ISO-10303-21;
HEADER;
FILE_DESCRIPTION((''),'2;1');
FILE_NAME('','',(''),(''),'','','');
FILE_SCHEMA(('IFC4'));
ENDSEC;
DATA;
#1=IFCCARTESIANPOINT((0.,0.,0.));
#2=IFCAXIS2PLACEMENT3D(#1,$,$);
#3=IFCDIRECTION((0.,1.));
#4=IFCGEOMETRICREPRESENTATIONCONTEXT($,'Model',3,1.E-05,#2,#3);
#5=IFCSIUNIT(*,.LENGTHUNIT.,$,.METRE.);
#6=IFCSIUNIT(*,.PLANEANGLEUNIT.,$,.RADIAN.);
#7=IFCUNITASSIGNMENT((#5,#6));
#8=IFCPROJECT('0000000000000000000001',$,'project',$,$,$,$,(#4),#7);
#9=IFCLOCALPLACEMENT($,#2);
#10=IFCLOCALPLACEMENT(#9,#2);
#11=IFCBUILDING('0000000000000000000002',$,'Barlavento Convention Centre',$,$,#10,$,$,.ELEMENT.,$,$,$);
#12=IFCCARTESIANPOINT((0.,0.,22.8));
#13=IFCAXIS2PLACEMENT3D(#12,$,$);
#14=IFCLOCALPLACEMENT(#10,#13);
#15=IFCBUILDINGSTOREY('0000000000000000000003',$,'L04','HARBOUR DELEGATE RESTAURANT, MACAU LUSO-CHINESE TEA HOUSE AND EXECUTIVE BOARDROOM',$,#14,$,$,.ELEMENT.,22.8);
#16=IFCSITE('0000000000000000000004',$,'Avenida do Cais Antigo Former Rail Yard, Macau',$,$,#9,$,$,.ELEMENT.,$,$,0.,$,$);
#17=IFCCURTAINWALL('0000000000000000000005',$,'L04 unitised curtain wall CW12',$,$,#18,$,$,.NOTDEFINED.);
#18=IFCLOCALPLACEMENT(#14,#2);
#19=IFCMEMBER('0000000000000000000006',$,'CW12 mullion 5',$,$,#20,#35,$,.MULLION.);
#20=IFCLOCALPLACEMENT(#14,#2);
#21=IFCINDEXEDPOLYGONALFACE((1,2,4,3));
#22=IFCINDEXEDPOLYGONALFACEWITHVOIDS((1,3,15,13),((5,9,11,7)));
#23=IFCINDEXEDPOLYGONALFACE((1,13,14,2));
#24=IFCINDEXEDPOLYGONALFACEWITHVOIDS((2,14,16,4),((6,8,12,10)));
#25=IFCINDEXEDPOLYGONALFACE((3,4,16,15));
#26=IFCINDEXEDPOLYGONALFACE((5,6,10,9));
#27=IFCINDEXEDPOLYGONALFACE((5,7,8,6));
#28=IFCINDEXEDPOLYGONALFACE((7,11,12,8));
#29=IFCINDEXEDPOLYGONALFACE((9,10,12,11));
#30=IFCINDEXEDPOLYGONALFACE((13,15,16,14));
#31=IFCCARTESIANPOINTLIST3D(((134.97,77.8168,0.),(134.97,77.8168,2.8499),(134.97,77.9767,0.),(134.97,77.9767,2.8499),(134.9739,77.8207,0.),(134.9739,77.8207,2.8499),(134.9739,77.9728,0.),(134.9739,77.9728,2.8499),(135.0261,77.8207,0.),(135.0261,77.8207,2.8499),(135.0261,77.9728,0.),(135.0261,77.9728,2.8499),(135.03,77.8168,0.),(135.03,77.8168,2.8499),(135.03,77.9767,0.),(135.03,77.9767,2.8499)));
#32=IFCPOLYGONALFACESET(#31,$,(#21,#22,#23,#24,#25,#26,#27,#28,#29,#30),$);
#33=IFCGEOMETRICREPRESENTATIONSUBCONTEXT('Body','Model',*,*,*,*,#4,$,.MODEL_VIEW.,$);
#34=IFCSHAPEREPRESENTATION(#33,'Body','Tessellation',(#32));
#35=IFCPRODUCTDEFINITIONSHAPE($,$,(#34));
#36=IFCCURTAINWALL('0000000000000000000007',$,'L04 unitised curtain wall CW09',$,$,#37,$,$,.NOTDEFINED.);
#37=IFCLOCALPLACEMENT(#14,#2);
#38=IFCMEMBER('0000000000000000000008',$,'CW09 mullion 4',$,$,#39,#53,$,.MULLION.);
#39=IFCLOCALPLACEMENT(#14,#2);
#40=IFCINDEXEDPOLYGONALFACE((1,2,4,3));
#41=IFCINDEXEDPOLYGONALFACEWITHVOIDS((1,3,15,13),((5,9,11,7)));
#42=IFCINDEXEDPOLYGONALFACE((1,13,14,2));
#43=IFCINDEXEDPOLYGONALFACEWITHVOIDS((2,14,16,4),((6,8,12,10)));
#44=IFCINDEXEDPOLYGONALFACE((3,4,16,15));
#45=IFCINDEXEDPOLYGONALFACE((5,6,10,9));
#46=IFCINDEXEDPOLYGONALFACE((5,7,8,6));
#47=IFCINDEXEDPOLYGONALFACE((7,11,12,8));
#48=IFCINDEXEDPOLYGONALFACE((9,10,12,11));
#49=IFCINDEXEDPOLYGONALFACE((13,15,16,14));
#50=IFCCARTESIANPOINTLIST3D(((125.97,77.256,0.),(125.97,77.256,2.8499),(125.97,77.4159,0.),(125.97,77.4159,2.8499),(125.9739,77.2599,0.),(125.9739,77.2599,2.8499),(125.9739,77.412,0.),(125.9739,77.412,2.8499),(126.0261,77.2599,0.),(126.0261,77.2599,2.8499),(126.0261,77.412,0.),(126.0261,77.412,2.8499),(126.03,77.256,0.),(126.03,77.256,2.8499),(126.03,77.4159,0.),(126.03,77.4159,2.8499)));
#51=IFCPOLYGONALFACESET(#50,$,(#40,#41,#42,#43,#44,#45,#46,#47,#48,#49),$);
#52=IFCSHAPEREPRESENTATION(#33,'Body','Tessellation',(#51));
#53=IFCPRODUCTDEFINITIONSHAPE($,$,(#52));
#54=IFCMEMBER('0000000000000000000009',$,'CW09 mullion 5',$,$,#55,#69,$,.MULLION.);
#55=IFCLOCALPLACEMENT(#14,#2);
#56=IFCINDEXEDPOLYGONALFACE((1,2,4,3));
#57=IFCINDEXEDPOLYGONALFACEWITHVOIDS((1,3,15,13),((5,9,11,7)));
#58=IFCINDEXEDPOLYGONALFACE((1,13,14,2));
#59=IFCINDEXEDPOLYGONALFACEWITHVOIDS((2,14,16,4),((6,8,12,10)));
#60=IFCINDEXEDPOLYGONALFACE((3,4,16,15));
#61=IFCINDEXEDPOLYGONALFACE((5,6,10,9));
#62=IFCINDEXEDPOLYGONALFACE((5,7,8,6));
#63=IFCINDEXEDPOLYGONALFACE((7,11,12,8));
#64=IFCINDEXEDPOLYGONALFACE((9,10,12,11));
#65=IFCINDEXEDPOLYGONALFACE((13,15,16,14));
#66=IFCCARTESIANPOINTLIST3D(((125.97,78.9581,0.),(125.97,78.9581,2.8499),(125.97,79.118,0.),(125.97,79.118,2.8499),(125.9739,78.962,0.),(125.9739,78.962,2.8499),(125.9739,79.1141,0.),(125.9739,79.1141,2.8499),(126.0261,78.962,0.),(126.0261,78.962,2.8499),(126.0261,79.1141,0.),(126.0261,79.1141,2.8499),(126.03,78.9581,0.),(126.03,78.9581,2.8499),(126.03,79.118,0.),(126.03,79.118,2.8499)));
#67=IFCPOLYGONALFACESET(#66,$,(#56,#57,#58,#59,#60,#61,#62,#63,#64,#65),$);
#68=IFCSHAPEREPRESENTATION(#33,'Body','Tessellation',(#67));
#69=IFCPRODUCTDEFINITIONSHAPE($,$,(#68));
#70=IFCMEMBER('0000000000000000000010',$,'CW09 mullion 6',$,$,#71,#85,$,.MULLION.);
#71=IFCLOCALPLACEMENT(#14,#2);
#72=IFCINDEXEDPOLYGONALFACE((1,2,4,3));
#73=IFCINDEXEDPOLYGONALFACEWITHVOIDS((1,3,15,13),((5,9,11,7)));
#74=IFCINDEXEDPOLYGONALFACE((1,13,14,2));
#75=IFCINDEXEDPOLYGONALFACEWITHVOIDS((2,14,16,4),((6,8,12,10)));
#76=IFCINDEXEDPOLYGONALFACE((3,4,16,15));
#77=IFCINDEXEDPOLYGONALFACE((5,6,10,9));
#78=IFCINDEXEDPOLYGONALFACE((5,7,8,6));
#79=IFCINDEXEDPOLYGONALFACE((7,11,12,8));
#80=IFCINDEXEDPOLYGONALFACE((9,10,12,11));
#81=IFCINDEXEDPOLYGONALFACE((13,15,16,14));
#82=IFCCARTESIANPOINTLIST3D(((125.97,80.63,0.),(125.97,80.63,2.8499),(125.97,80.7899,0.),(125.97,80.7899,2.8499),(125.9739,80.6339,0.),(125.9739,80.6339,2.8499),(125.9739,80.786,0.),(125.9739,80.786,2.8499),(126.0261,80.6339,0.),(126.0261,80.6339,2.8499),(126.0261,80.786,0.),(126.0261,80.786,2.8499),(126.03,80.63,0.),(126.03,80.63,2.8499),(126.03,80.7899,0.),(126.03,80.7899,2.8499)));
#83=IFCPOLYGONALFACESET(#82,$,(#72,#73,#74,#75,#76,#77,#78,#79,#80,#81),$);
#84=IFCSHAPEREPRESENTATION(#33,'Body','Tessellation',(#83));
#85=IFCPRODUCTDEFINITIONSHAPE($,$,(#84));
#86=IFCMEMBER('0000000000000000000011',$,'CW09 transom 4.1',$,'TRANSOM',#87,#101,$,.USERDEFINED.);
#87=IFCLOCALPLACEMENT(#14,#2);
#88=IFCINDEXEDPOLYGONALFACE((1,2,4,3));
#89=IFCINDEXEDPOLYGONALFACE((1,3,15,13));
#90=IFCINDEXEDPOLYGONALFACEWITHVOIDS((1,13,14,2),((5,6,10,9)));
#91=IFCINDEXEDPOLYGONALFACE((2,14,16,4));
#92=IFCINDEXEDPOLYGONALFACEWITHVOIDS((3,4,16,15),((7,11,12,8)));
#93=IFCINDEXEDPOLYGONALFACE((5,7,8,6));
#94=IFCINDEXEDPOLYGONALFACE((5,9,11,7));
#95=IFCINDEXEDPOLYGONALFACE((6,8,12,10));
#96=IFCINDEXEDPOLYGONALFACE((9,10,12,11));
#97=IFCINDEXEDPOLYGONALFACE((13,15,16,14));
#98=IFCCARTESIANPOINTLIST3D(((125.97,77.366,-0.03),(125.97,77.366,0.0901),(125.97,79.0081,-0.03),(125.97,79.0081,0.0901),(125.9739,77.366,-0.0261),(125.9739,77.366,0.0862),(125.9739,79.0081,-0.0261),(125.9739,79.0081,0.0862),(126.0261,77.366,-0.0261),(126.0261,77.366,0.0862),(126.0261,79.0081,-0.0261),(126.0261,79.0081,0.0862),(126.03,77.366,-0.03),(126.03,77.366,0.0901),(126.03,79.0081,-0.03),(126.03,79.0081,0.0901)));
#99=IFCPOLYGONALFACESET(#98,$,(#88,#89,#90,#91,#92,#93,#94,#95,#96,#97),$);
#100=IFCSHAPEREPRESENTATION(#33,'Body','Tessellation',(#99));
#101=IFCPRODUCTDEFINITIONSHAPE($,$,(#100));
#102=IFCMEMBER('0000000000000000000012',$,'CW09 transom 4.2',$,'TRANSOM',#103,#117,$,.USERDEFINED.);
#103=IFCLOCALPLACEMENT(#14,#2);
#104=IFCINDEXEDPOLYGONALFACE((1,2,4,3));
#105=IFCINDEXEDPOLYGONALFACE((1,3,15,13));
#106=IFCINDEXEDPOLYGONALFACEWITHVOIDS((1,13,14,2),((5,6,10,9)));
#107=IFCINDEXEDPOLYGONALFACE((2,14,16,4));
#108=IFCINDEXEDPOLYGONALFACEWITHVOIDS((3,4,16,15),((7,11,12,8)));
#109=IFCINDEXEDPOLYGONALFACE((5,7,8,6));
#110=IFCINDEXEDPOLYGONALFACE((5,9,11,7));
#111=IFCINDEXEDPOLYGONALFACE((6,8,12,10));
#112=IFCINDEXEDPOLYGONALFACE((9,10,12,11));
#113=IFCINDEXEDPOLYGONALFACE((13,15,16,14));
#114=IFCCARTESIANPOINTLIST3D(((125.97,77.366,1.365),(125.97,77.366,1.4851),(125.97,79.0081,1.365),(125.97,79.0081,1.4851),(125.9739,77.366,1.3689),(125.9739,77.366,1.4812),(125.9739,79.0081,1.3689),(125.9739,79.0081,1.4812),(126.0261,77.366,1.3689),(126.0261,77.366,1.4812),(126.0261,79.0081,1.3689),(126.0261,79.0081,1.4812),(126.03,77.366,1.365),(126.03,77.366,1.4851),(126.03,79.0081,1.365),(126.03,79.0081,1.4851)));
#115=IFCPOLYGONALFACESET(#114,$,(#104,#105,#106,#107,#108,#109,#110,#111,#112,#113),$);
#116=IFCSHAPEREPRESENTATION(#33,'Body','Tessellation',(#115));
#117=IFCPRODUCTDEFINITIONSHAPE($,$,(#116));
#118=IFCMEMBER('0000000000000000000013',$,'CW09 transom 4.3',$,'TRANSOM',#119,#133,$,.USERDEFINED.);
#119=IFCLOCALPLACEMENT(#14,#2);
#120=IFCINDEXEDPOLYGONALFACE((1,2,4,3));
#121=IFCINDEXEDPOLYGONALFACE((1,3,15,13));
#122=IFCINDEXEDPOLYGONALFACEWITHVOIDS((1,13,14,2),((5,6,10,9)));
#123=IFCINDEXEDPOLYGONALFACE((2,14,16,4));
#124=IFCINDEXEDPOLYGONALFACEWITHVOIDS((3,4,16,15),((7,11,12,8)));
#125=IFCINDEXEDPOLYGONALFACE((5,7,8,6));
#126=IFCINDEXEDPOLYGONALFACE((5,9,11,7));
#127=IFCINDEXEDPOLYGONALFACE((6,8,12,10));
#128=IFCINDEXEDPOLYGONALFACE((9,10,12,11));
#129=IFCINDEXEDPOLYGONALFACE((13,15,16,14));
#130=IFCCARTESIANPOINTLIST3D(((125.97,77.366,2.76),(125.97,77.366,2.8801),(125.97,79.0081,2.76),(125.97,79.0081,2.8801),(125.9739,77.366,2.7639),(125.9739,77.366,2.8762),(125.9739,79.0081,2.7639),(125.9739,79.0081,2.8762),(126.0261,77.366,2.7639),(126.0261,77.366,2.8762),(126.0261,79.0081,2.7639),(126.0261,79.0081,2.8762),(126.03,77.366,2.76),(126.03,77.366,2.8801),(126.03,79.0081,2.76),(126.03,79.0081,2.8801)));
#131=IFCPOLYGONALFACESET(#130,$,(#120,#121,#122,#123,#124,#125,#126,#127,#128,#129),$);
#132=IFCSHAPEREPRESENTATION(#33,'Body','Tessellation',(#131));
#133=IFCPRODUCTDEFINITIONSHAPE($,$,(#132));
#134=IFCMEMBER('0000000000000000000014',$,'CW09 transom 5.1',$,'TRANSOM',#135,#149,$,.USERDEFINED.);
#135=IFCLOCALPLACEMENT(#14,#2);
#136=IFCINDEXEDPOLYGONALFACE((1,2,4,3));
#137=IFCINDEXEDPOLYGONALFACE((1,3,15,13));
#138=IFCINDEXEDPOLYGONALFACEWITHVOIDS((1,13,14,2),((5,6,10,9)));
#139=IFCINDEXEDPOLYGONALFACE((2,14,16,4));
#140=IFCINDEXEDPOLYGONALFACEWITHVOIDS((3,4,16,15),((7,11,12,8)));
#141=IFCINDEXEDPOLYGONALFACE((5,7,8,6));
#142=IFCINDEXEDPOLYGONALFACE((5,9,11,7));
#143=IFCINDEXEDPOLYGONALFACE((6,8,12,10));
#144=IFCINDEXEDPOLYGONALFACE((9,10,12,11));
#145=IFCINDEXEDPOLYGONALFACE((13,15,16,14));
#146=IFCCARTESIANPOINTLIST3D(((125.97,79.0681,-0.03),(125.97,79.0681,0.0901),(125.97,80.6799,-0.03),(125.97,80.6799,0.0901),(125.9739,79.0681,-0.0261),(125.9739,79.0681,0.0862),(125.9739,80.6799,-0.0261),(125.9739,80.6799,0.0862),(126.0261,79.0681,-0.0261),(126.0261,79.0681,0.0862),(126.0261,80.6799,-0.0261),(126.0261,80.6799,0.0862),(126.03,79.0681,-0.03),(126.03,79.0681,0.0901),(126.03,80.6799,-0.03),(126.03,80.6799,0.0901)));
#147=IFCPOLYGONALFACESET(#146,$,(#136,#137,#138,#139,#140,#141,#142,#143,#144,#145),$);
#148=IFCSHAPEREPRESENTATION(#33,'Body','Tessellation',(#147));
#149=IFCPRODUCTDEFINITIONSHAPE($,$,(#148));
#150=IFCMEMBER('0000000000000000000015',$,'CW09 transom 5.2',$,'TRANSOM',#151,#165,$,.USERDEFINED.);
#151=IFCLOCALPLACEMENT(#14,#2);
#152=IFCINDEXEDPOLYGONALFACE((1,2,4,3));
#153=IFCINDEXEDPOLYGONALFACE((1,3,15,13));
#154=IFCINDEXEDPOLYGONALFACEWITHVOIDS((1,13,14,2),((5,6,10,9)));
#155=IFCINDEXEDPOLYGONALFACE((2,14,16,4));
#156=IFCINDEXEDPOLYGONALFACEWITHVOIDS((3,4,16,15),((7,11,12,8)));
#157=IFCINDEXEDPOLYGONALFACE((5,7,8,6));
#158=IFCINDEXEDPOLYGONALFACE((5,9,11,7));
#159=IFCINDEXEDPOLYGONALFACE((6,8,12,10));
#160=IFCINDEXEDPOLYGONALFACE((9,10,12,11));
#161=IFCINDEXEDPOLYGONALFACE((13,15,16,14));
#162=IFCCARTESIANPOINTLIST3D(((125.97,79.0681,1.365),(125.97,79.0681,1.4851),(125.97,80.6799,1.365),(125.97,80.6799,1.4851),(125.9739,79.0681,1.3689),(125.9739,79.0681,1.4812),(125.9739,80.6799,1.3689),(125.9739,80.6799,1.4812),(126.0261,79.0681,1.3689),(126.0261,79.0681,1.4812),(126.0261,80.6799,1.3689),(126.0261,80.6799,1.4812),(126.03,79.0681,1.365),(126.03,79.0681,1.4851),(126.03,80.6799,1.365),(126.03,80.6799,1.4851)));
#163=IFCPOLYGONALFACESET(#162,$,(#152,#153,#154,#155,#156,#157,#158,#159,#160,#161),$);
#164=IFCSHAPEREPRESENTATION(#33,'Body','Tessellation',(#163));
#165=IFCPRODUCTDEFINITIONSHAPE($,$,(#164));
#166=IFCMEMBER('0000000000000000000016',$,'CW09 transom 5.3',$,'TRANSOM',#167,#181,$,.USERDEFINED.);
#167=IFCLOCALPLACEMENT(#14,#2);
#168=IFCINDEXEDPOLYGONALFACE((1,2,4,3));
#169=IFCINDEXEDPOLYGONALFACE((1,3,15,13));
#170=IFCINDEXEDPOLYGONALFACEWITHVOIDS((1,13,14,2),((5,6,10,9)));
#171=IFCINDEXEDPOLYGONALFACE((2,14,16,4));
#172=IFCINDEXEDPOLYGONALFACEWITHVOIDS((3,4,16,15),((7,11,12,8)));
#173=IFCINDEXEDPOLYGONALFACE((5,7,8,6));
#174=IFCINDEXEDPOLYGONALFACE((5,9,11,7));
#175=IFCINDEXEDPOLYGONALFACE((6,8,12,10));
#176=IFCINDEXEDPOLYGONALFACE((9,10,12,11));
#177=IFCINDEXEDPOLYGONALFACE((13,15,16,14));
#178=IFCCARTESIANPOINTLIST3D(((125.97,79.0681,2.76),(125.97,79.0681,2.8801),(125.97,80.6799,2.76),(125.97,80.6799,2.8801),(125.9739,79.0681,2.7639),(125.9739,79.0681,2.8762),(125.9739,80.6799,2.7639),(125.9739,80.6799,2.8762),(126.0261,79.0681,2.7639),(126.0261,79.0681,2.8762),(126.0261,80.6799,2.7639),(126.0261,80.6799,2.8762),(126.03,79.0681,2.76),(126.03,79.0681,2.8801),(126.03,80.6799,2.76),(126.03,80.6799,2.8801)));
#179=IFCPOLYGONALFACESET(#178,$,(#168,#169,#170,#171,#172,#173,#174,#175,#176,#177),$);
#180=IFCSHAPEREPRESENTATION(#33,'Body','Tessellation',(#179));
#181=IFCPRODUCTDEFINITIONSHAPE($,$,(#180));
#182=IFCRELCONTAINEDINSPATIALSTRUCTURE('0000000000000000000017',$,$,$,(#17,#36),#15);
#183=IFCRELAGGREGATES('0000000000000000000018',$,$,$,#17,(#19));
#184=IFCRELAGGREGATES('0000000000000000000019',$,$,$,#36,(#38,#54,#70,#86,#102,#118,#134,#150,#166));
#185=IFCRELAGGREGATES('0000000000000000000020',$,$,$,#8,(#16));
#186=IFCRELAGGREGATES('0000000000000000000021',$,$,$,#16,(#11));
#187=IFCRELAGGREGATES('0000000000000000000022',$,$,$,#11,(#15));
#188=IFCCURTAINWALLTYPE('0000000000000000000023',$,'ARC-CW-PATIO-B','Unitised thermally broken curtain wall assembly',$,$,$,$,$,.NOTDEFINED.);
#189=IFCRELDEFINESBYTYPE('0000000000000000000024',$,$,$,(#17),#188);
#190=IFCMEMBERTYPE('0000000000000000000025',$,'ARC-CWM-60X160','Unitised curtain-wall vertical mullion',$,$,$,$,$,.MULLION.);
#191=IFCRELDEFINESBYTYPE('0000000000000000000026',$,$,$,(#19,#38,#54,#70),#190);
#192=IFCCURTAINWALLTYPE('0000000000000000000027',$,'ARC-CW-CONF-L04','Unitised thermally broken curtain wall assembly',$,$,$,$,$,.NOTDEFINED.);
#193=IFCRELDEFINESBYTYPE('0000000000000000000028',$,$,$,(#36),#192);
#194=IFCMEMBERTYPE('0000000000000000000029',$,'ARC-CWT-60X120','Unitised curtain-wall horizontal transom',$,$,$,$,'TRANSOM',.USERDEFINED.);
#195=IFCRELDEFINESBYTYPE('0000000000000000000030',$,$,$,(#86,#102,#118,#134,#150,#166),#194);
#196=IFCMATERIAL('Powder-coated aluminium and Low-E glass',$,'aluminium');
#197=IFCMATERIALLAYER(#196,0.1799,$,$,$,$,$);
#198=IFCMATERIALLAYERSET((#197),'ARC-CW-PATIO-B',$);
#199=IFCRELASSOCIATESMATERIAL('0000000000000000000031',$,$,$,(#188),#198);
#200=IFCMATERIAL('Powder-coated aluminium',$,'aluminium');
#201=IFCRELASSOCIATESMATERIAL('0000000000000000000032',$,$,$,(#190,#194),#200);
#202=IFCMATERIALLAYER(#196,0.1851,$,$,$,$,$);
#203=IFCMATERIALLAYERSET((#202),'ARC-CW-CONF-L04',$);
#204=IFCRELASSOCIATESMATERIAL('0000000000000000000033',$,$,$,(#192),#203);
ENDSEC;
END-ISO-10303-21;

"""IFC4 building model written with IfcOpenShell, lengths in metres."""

from ifc_helpers import new_model, si_unit, direction, frame, origin, origin_2d, place, context, subcontext, project, spatial, hollow_rectangle, extrude, material, layer, layer_set, material_profile, profile_set, type_object, element, aggregate, save


model = new_model("IFC4")

# Units and contexts
model_context = context("Model", 3, precision=1e-05, world=origin(), true_north=direction((0.0, 1.0)))
body_context = subcontext(model_context, "Body", "Model", "MODEL_VIEW")
ifc_project = project(units=[si_unit("LENGTHUNIT", "METRE"), si_unit("PLANEANGLEUNIT", "RADIAN")], contexts=[model_context])

# Site, building, storey
site_placement = place(None, origin())
site = spatial("IfcSite", under=ifc_project, at=site_placement, Name="Avenida do Cais Antigo Former Rail Yard, Macau", CompositionType="ELEMENT", RefElevation=0.0)
building_placement = place(site_placement, origin())
building = spatial("IfcBuilding", under=site, at=building_placement, Name="Barlavento Convention Centre", CompositionType="ELEMENT")
storey_placement = place(building_placement, frame((0.0, 0.0, 22.8)))
storey = spatial("IfcBuildingStorey", under=building, at=storey_placement, Name="L04", Description="HARBOUR DELEGATE RESTAURANT, MACAU LUSO-CHINESE TEA HOUSE AND EXECUTIVE BOARDROOM", CompositionType="ELEMENT", Elevation=22.8)

# Curtain wall, member
ifc_material_1 = material(Name="Powder-coated aluminium and Low-E glass", Category="aluminium")
ifc_layer_1 = layer(ifc_material_1, 0.1799)
ifc_layer_set_1 = layer_set([ifc_layer_1], Name="ARC-CW-PATIO-B")
curtain_wall_type_1 = type_object("IfcCurtainWallType", Name="ARC-CW-PATIO-B", Description="Unitised thermally broken curtain wall assembly", PredefinedType="NOTDEFINED", material=ifc_layer_set_1)
curtain_wall_1_placement = place(storey_placement, origin())
curtain_wall_1 = element("IfcCurtainWall", 1, at=curtain_wall_1_placement, inside=storey, type_object=curtain_wall_type_1, Name="L04 unitised curtain wall CW12", PredefinedType="NOTDEFINED")
ifc_material_2 = material(Name="Powder-coated aluminium", Category="aluminium")
ifc_material_profile_1 = material_profile(ifc_material_2, hollow_rectangle(XDim=0.0601, YDim=0.1599, WallThickness=0.0039, at=origin_2d()), Name="AL-MULL 60x160x4")
ifc_profile_set_1 = profile_set([ifc_material_profile_1], Name="Powder-coated aluminium")
member_type_1 = type_object("IfcMemberType", Name="ARC-CWM-60X160", Description="Unitised curtain-wall vertical mullion", PredefinedType="MULLION", material=ifc_profile_set_1)
member_1_placement = place(storey_placement, frame((135.0, 77.8967, 0.0), z_axis=(0.0, 0.0, 1.0), x_axis=(-1.0, 0.0, 0.0)))
member_1 = element("IfcMember", 2, at=member_1_placement, type_object=member_type_1, Name="CW12 mullion 5", PredefinedType="MULLION", context=body_context, shape_type="SweptSolid", body=[
    extrude(hollow_rectangle(XDim=0.0601, YDim=0.1599, WallThickness=0.0039, at=origin_2d()), origin(), (0.0, 0.0, 1.0), 2.8499),
])
aggregate(curtain_wall_1, [member_1])

# Curtain wall, members
ifc_layer_2 = layer(ifc_material_1, 0.1851)
ifc_layer_set_2 = layer_set([ifc_layer_2], Name="ARC-CW-CONF-L04")
curtain_wall_type_2 = type_object("IfcCurtainWallType", Name="ARC-CW-CONF-L04", Description="Unitised thermally broken curtain wall assembly", PredefinedType="NOTDEFINED", material=ifc_layer_set_2)
curtain_wall_2_placement = place(storey_placement, origin())
curtain_wall_2 = element("IfcCurtainWall", 3, at=curtain_wall_2_placement, inside=storey, type_object=curtain_wall_type_2, Name="L04 unitised curtain wall CW09", PredefinedType="NOTDEFINED")
member_2_placement = place(storey_placement, frame((126.0, 77.3359, 0.0), z_axis=(0.0, 0.0, 1.0), x_axis=(-1.0, 0.0, 0.0)))
member_2 = element("IfcMember", 4, at=member_2_placement, type_object=member_type_1, Name="CW09 mullion 4", PredefinedType="MULLION", context=body_context, shape_type="SweptSolid", body=[
    extrude(hollow_rectangle(XDim=0.0601, YDim=0.1599, WallThickness=0.0039, at=origin_2d()), origin(), (0.0, 0.0, 1.0), 2.8499),
])
member_3_placement = place(storey_placement, frame((126.0, 79.0381, 0.0), z_axis=(0.0, 0.0, 1.0), x_axis=(-1.0, 0.0, 0.0)))
member_3 = element("IfcMember", 5, at=member_3_placement, type_object=member_type_1, Name="CW09 mullion 5", PredefinedType="MULLION", context=body_context, shape_type="SweptSolid", body=[
    extrude(hollow_rectangle(XDim=0.0601, YDim=0.1599, WallThickness=0.0039, at=origin_2d()), origin(), (0.0, 0.0, 1.0), 2.8499),
])
member_4_placement = place(storey_placement, frame((126.0, 80.71, 0.0), z_axis=(0.0, 0.0, 1.0), x_axis=(-1.0, 0.0, 0.0)))
member_4 = element("IfcMember", 6, at=member_4_placement, type_object=member_type_1, Name="CW09 mullion 6", PredefinedType="MULLION", context=body_context, shape_type="SweptSolid", body=[
    extrude(hollow_rectangle(XDim=0.0601, YDim=0.1599, WallThickness=0.0039, at=origin_2d()), origin(), (0.0, 0.0, 1.0), 2.8499),
])
ifc_material_profile_2 = material_profile(ifc_material_2, hollow_rectangle(XDim=0.0601, YDim=0.1201, WallThickness=0.0039, at=origin_2d()), Name="AL-TRAN 60x120x4")
ifc_profile_set_2 = profile_set([ifc_material_profile_2], Name="Powder-coated aluminium")
member_type_2 = type_object("IfcMemberType", Name="ARC-CWT-60X120", Description="Unitised curtain-wall horizontal transom", ElementType="TRANSOM", PredefinedType="USERDEFINED", material=ifc_profile_set_2)
member_5_placement = place(storey_placement, frame((126.0, 77.366, 0.03), z_axis=(0.0, 1.0, 0.0), x_axis=(-1.0, 0.0, 0.0)))
member_5 = element("IfcMember", 7, at=member_5_placement, type_object=member_type_2, Name="CW09 transom 4.1", ObjectType="TRANSOM", PredefinedType="USERDEFINED", context=body_context, shape_type="SweptSolid", body=[
    extrude(hollow_rectangle(XDim=0.0601, YDim=0.1201, WallThickness=0.0039, at=origin_2d()), origin(), (0.0, 0.0, 1.0), 1.6421),
])
member_6_placement = place(storey_placement, frame((126.0, 77.366, 1.425), z_axis=(0.0, 1.0, 0.0), x_axis=(-1.0, 0.0, 0.0)))
member_6 = element("IfcMember", 8, at=member_6_placement, type_object=member_type_2, Name="CW09 transom 4.2", ObjectType="TRANSOM", PredefinedType="USERDEFINED", context=body_context, shape_type="SweptSolid", body=[
    extrude(hollow_rectangle(XDim=0.0601, YDim=0.1201, WallThickness=0.0039, at=origin_2d()), origin(), (0.0, 0.0, 1.0), 1.6421),
])
member_7_placement = place(storey_placement, frame((126.0, 77.366, 2.8201), z_axis=(0.0, 1.0, 0.0), x_axis=(-1.0, 0.0, 0.0)))
member_7 = element("IfcMember", 9, at=member_7_placement, type_object=member_type_2, Name="CW09 transom 4.3", ObjectType="TRANSOM", PredefinedType="USERDEFINED", context=body_context, shape_type="SweptSolid", body=[
    extrude(hollow_rectangle(XDim=0.0601, YDim=0.1201, WallThickness=0.0039, at=origin_2d()), origin(), (0.0, 0.0, 1.0), 1.6421),
])
member_8_placement = place(storey_placement, frame((126.0, 79.0681, 0.03), z_axis=(0.0, 1.0, 0.0), x_axis=(-1.0, 0.0, 0.0)))
member_8 = element("IfcMember", 10, at=member_8_placement, type_object=member_type_2, Name="CW09 transom 5.1", ObjectType="TRANSOM", PredefinedType="USERDEFINED", context=body_context, shape_type="SweptSolid", body=[
    extrude(hollow_rectangle(XDim=0.0601, YDim=0.1201, WallThickness=0.0039, at=origin_2d()), origin(), (0.0, 0.0, 1.0), 1.6118),
])
member_9_placement = place(storey_placement, frame((126.0, 79.0681, 1.425), z_axis=(0.0, 1.0, 0.0), x_axis=(-1.0, 0.0, 0.0)))
member_9 = element("IfcMember", 11, at=member_9_placement, type_object=member_type_2, Name="CW09 transom 5.2", ObjectType="TRANSOM", PredefinedType="USERDEFINED", context=body_context, shape_type="SweptSolid", body=[
    extrude(hollow_rectangle(XDim=0.0601, YDim=0.1201, WallThickness=0.0039, at=origin_2d()), origin(), (0.0, 0.0, 1.0), 1.6118),
])
member_10_placement = place(storey_placement, frame((126.0, 79.0681, 2.8201), z_axis=(0.0, 1.0, 0.0), x_axis=(-1.0, 0.0, 0.0)))
member_10 = element("IfcMember", 12, at=member_10_placement, type_object=member_type_2, Name="CW09 transom 5.3", ObjectType="TRANSOM", PredefinedType="USERDEFINED", context=body_context, shape_type="SweptSolid", body=[
    extrude(hollow_rectangle(XDim=0.0601, YDim=0.1201, WallThickness=0.0039, at=origin_2d()), origin(), (0.0, 0.0, 1.0), 1.6118),
])

aggregate(curtain_wall_2, [member_2, member_3, member_4, member_5, member_6, member_7, member_8, member_9, member_10])

save(model, "model.ifc")
